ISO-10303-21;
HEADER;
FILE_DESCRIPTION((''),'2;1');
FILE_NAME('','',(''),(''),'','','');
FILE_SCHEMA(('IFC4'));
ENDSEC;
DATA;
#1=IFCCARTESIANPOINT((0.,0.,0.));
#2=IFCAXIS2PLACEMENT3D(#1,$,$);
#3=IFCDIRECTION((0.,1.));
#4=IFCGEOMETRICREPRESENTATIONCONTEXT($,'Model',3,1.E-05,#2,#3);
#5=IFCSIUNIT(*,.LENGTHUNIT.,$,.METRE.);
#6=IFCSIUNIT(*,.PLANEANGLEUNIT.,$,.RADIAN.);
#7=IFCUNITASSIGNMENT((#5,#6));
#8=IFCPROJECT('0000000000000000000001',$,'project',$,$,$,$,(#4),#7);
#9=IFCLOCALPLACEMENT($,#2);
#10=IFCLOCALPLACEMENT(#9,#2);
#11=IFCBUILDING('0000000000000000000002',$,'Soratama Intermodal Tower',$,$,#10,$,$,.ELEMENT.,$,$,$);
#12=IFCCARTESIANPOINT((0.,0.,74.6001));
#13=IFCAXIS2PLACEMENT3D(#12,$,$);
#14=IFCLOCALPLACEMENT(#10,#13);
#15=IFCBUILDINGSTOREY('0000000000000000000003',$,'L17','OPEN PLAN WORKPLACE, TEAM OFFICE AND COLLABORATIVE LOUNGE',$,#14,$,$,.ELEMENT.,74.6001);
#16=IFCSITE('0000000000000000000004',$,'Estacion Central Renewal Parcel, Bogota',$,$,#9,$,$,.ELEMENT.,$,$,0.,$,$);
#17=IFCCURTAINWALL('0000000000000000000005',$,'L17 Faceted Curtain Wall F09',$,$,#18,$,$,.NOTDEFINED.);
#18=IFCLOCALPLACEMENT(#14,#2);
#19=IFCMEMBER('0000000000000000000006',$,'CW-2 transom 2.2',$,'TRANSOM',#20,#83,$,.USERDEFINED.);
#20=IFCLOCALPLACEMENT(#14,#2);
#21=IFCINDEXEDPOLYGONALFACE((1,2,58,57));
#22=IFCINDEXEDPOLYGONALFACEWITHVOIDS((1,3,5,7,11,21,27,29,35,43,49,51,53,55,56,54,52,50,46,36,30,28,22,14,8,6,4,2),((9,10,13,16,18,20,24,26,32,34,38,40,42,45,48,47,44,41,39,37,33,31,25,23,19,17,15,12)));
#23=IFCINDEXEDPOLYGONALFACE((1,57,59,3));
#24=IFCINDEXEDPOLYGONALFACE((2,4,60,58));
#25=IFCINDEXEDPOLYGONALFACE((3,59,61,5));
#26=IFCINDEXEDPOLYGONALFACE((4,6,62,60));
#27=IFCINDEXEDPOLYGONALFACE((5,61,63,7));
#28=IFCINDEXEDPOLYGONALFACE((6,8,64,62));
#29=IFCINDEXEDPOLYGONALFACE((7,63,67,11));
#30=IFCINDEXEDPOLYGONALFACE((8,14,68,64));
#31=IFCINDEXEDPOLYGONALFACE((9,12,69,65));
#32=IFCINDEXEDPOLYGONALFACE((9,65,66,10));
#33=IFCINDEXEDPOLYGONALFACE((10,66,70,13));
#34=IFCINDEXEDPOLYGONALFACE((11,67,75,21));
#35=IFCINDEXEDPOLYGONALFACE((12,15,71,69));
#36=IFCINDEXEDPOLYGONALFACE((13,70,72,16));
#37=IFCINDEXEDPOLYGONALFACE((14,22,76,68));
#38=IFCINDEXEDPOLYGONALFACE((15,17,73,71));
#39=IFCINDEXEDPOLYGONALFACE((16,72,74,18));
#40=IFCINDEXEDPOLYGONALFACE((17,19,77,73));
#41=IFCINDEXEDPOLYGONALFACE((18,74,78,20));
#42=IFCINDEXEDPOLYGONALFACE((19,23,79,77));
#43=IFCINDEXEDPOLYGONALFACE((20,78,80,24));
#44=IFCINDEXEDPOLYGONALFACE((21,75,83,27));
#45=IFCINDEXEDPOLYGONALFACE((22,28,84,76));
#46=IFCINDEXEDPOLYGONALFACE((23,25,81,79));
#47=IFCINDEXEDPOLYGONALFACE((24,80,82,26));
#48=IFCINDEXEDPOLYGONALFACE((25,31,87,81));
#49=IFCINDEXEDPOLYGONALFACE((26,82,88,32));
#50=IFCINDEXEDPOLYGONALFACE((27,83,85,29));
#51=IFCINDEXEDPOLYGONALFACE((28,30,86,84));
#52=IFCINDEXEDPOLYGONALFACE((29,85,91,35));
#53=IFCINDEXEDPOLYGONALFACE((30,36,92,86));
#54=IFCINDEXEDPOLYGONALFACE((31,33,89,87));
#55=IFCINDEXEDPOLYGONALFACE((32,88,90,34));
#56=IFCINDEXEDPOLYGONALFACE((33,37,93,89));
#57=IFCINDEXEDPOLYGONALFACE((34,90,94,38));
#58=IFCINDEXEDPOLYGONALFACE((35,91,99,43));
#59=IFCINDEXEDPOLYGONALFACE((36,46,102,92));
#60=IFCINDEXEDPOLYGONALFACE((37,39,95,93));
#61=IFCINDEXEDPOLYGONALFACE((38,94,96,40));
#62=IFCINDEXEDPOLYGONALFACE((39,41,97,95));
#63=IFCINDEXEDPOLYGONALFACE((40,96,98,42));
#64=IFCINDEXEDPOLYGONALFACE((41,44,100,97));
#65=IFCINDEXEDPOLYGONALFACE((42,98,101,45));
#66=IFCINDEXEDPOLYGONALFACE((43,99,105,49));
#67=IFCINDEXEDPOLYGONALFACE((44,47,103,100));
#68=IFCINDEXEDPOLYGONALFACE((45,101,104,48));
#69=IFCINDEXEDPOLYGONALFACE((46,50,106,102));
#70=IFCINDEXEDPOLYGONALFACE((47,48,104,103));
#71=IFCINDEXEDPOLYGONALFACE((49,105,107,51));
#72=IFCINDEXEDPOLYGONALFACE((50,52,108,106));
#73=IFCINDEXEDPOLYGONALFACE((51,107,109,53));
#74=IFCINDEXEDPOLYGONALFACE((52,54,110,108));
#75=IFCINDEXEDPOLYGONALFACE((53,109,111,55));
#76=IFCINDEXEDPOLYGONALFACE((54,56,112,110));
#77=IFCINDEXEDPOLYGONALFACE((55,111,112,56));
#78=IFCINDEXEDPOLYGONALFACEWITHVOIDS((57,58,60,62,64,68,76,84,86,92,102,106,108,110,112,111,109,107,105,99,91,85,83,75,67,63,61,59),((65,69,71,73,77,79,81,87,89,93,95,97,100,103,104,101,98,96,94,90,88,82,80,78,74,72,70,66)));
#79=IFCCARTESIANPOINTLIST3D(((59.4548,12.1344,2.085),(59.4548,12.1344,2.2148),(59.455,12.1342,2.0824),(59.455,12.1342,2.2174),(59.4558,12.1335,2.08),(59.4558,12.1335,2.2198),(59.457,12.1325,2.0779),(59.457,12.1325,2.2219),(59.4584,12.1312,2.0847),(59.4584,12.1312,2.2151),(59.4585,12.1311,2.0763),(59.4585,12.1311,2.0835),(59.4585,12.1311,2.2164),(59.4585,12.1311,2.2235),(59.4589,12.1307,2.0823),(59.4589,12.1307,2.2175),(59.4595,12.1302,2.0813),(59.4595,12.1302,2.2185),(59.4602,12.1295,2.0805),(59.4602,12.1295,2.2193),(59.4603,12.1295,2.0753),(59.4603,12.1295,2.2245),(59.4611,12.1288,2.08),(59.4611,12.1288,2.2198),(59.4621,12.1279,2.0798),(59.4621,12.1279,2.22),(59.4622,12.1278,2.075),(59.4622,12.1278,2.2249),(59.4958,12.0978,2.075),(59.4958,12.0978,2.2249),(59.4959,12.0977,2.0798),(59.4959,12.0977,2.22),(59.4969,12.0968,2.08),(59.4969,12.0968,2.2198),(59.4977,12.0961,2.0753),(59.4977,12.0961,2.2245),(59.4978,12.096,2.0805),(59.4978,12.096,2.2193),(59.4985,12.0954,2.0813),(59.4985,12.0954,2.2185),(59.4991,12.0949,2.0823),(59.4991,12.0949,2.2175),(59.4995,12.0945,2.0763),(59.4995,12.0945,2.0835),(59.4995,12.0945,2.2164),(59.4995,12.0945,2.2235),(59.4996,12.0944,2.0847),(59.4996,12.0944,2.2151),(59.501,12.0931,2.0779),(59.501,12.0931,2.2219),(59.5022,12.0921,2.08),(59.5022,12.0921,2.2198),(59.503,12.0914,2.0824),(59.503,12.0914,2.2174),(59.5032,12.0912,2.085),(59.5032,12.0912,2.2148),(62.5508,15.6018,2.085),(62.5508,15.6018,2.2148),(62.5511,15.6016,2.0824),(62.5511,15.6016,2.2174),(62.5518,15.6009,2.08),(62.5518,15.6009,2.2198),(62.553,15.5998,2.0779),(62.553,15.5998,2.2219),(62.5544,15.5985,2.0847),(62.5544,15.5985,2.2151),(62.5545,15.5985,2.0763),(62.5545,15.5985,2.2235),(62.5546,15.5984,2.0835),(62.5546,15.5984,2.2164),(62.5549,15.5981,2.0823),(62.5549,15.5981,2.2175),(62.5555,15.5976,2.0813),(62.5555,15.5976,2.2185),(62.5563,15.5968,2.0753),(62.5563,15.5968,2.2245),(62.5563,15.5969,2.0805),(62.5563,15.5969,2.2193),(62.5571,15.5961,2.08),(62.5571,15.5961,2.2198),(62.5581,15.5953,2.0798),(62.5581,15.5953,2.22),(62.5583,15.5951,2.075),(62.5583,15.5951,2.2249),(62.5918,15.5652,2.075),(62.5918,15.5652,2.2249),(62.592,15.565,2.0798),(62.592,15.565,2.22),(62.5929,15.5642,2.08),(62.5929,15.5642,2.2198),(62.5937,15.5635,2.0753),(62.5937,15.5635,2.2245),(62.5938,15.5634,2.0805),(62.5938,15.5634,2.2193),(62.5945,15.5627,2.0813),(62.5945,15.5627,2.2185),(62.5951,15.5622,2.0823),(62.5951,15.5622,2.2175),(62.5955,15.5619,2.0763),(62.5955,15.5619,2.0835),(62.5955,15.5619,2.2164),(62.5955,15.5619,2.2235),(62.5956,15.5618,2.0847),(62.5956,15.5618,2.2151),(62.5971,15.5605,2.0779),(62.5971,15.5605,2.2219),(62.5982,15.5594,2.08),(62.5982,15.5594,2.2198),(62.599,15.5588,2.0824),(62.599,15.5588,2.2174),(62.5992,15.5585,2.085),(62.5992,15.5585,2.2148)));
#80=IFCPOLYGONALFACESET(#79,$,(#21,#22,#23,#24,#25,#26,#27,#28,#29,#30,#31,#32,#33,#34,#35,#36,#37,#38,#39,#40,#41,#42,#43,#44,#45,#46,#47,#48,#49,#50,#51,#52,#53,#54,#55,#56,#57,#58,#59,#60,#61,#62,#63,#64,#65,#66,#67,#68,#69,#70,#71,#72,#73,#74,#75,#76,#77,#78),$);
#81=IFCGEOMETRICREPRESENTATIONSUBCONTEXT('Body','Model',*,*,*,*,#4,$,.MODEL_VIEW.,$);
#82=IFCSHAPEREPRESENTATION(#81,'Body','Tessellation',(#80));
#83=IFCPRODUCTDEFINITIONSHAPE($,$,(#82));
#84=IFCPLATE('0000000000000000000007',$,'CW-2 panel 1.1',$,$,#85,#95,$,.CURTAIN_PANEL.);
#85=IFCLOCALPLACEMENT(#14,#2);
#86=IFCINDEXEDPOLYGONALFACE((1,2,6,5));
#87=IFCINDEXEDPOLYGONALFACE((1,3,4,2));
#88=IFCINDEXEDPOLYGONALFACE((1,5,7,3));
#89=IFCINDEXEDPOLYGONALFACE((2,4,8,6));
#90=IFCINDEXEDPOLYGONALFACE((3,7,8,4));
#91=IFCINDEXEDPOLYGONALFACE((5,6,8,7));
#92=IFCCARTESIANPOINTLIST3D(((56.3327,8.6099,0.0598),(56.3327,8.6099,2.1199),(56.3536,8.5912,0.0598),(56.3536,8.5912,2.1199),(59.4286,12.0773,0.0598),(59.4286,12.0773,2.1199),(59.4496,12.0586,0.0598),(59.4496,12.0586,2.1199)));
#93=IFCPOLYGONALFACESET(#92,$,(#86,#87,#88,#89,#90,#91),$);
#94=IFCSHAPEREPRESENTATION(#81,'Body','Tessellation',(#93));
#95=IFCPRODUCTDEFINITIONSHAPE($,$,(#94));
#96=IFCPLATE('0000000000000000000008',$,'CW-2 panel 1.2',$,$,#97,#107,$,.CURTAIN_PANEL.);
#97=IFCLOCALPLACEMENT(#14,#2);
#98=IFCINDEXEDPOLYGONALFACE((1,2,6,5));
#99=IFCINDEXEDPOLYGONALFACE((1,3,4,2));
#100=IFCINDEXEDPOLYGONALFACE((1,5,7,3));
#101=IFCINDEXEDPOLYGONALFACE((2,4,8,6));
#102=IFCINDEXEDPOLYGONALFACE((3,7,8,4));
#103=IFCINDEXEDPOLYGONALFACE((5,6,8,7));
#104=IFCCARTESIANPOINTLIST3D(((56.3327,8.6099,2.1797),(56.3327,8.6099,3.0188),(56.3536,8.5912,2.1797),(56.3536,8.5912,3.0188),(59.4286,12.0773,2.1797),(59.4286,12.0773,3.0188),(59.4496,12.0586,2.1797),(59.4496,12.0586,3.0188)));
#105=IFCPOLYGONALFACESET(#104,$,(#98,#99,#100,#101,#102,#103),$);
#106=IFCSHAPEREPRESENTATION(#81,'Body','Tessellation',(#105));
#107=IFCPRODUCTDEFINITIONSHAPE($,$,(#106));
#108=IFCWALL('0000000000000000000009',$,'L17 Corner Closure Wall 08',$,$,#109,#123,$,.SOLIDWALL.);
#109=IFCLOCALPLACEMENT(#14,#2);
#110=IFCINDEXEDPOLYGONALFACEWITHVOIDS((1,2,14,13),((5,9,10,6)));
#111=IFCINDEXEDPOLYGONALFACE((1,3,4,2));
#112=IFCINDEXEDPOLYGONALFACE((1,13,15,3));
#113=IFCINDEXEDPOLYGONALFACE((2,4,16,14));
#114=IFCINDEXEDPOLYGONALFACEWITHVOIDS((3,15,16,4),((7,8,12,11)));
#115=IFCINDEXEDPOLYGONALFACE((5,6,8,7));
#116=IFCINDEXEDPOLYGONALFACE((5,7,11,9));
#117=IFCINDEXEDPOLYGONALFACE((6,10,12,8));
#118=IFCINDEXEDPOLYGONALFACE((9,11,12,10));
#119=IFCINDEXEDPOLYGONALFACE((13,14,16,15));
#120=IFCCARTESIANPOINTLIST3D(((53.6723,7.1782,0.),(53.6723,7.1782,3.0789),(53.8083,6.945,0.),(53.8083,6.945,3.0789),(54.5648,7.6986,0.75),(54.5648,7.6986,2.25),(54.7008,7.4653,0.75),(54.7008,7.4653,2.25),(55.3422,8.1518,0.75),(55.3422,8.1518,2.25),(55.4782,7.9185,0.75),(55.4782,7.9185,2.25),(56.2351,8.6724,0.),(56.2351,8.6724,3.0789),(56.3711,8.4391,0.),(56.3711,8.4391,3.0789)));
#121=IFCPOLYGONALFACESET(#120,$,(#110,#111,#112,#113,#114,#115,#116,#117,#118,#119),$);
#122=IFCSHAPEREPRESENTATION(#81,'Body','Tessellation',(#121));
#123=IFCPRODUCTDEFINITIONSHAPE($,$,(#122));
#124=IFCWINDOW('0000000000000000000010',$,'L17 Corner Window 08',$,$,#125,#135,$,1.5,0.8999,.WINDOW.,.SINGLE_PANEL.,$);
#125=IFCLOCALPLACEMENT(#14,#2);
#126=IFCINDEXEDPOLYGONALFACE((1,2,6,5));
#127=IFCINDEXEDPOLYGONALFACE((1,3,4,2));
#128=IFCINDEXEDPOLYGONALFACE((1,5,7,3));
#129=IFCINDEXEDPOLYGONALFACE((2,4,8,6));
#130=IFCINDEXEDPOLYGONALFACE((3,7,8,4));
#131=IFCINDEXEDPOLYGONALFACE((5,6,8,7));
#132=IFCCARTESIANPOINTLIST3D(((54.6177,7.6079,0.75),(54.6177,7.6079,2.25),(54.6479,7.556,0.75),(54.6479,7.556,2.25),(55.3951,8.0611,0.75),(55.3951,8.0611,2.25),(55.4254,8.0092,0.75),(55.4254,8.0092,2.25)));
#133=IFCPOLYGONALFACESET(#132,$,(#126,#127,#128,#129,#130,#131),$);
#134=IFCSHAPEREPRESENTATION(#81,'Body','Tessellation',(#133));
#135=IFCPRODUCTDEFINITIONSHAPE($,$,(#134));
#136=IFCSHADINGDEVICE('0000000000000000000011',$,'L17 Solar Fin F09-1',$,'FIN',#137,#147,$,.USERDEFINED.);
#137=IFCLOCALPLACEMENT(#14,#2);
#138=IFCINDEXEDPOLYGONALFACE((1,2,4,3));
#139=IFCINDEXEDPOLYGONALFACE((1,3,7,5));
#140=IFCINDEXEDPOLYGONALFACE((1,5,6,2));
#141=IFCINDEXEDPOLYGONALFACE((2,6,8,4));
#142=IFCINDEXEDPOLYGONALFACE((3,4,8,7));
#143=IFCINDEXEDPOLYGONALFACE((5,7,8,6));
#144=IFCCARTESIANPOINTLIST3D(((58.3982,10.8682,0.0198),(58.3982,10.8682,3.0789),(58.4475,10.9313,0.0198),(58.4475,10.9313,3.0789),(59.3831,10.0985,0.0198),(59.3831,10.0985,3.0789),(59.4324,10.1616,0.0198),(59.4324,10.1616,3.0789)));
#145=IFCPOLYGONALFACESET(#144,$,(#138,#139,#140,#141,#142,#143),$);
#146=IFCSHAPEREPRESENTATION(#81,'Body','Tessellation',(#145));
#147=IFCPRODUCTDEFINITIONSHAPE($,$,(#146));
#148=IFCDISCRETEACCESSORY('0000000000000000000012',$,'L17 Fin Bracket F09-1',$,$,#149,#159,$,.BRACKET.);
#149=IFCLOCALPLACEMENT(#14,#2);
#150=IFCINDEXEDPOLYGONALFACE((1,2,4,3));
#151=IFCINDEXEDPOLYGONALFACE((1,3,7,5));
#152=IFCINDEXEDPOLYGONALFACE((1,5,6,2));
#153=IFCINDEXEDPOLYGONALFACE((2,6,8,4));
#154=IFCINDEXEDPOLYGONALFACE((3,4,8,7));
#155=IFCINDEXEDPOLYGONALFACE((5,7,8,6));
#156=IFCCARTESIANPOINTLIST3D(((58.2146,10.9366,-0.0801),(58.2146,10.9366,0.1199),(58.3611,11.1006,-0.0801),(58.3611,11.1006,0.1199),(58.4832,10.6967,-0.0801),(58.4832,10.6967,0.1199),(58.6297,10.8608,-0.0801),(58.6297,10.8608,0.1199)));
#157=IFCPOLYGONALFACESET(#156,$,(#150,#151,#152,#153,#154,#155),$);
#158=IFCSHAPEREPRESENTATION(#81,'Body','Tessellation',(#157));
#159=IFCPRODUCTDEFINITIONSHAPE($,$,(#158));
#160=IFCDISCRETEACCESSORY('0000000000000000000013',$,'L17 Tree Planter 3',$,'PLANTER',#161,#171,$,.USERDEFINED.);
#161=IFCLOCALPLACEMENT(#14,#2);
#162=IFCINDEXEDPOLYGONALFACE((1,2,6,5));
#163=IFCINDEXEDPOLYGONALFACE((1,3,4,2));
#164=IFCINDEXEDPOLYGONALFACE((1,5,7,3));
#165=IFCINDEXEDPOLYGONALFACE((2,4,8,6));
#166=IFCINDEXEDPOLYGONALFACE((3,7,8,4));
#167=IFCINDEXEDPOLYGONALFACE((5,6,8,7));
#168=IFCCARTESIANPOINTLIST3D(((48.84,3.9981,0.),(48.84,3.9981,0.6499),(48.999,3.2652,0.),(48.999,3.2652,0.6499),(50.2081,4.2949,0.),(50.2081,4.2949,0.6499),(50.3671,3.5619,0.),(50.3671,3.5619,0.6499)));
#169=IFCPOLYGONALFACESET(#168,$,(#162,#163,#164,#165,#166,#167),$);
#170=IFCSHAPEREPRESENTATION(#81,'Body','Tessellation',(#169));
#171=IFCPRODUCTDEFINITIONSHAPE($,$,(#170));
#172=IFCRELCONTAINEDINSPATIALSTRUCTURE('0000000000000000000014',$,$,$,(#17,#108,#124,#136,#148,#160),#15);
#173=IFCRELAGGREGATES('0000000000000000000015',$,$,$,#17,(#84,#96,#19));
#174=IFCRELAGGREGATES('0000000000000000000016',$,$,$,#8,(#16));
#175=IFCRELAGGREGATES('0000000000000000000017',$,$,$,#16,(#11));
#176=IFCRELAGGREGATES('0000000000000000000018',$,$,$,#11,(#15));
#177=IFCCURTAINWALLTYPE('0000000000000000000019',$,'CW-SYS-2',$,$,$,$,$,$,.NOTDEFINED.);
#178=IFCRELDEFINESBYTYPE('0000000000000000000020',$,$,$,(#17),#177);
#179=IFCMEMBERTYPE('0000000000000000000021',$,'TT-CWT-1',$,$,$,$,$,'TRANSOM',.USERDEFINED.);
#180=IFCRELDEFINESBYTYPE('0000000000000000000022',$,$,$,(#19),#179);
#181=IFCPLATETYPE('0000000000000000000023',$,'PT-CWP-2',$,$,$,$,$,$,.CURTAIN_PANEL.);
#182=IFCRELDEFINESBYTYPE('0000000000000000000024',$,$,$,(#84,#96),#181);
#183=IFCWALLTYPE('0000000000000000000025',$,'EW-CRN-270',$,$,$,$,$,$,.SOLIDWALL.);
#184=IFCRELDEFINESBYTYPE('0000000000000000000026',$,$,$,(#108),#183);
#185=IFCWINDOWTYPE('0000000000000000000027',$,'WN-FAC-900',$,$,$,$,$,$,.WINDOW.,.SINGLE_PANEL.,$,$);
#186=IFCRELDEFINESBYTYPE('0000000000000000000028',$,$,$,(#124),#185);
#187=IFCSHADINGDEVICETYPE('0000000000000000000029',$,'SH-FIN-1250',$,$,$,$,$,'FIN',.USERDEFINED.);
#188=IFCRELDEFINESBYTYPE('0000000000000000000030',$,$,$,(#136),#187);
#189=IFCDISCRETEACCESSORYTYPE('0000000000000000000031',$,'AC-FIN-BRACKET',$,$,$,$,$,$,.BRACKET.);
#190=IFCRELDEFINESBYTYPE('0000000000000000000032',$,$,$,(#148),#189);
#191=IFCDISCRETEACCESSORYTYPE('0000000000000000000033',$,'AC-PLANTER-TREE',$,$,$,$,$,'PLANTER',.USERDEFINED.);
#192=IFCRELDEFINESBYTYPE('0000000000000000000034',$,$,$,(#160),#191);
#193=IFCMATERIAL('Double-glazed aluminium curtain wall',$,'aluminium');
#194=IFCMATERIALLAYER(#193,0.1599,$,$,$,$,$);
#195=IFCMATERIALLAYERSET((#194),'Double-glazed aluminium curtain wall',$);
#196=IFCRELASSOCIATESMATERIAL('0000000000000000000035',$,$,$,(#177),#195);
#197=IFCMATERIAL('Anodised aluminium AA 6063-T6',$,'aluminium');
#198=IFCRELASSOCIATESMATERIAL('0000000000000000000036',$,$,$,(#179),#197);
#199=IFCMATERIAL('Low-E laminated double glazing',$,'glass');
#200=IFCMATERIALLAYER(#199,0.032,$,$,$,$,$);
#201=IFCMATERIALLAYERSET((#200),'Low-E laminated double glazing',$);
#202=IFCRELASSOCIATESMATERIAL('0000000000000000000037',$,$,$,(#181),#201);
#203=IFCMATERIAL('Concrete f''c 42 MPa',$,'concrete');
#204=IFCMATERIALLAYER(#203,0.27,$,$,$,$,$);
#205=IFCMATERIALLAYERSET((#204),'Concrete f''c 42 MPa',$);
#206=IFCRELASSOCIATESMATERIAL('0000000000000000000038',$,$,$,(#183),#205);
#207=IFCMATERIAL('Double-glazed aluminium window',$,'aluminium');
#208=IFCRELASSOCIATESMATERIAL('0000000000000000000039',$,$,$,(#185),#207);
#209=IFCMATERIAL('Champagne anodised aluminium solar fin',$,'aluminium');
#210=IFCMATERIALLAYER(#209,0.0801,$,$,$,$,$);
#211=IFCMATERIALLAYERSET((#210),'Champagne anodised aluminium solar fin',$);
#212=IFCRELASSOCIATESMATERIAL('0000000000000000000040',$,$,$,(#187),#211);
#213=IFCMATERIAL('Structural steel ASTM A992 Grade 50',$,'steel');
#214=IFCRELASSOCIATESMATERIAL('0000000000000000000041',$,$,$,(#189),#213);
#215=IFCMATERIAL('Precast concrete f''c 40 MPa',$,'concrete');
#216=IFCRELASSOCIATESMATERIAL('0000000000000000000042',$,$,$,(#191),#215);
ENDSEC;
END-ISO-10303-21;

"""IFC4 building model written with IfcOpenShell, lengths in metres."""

from ifc_helpers import new_model, si_unit, direction, frame, frame_2d, origin, origin_2d, place, context, subcontext, project, spatial, rectangle, hollow_rectangle, extrude, material, layer, layer_set, material_profile, profile_set, type_object, element, fill, aggregate, save


model = new_model("IFC4")

# Units and contexts
model_context = context("Model", 3, precision=1e-05, world=origin(), true_north=direction((0.0, 1.0)))
body_context = subcontext(model_context, "Body", "Model", "MODEL_VIEW")
ifc_project = project(units=[si_unit("LENGTHUNIT", "METRE"), si_unit("PLANEANGLEUNIT", "RADIAN")], contexts=[model_context])

# Site, building, storey
site_placement = place(None, origin())
site = spatial("IfcSite", under=ifc_project, at=site_placement, Name="Estacion Central Renewal Parcel, Bogota", CompositionType="ELEMENT", RefElevation=0.0)
building_placement = place(site_placement, origin())
building = spatial("IfcBuilding", under=site, at=building_placement, Name="Soratama Intermodal Tower", CompositionType="ELEMENT")
storey_placement = place(building_placement, frame((0.0, 0.0, 74.6001)))
storey = spatial("IfcBuildingStorey", under=building, at=storey_placement, Name="L17", Description="OPEN PLAN WORKPLACE, TEAM OFFICE AND COLLABORATIVE LOUNGE", CompositionType="ELEMENT", Elevation=74.6001)

# Curtain wall, member, plates
ifc_material_1 = material(Name="Double-glazed aluminium curtain wall", Category="aluminium")
ifc_layer_1 = layer(ifc_material_1, 0.1599)
ifc_layer_set_1 = layer_set([ifc_layer_1], Name="Double-glazed aluminium curtain wall")
curtain_wall_type = type_object("IfcCurtainWallType", Name="CW-SYS-2", PredefinedType="NOTDEFINED", material=ifc_layer_set_1)
curtain_wall_placement = place(storey_placement, origin())
curtain_wall = element("IfcCurtainWall", 1, at=curtain_wall_placement, inside=storey, type_object=curtain_wall_type, Name="L17 Faceted Curtain Wall F09", PredefinedType="NOTDEFINED")
ifc_material_2 = material(Name="Anodised aluminium AA 6063-T6", Category="aluminium")
ifc_material_profile_1 = material_profile(ifc_material_2, hollow_rectangle(XDim=0.0649, YDim=0.1499, WallThickness=0.0049, InnerFilletRadius=0.0049, OuterFilletRadius=0.01, at=origin_2d()), Name="CWT150X65X5")
ifc_profile_set_1 = profile_set([ifc_material_profile_1], Name="Anodised aluminium AA 6063-T6")
member_type_1 = type_object("IfcMemberType", Name="TT-CWT-1", ElementType="TRANSOM", PredefinedType="USERDEFINED", material=ifc_profile_set_1)
member_1_placement = place(storey_placement, frame((59.479, 12.1128, 2.1499), z_axis=(0.666035, 0.745921, 0.0), x_axis=(-0.745921, 0.666035, 0.0)))
member_1 = element("IfcMember", 2, at=member_1_placement, type_object=member_type_1, Name="CW-2 transom 2.2", ObjectType="TRANSOM", PredefinedType="USERDEFINED", context=body_context, shape_type="SweptSolid", body=[
    extrude(hollow_rectangle(XDim=0.0649, YDim=0.1499, WallThickness=0.0049, InnerFilletRadius=0.0049, OuterFilletRadius=0.01, at=origin_2d()), origin(), (0.0, 0.0, 1.0), 4.6484),
])
ifc_material_3 = material(Name="Low-E laminated double glazing", Category="glass")
ifc_layer_2 = layer(ifc_material_3, 0.032)
ifc_layer_set_2 = layer_set([ifc_layer_2], Name="Low-E laminated double glazing")
plate_type = type_object("IfcPlateType", Name="PT-CWP-2", PredefinedType="CURTAIN_PANEL", material=ifc_layer_set_2)
plate_1_placement = place(storey_placement, frame((57.8911, 10.3342, 0.0598), z_axis=(0.0, 0.0, 1.0), x_axis=(0.666017, 0.745937, 0.0)))
plate_1 = element("IfcPlate", 3, at=plate_1_placement, type_object=plate_type, Name="CW-2 panel 1.1", PredefinedType="CURTAIN_PANEL", context=body_context, shape_type="SweptSolid", body=[
    extrude(rectangle(XDim=4.6484, YDim=0.0281, at=origin_2d()), origin(), (0.0, 0.0, 1.0), 2.0601),
])
plate_2_placement = place(storey_placement, frame((57.8911, 10.3342, 2.1797), z_axis=(0.0, 0.0, 1.0), x_axis=(0.666017, 0.745937, 0.0)))
plate_2 = element("IfcPlate", 4, at=plate_2_placement, type_object=plate_type, Name="CW-2 panel 1.2", PredefinedType="CURTAIN_PANEL", context=body_context, shape_type="SweptSolid", body=[
    extrude(rectangle(XDim=4.6484, YDim=0.0281, at=origin_2d()), origin(), (0.0, 0.0, 1.0), 0.8391),
])
aggregate(curtain_wall, [plate_1, plate_2, member_1])

# Wall, opening, window
ifc_material_4 = material(Name="Concrete f'c 42 MPa", Category="concrete")
ifc_layer_3 = layer(ifc_material_4, 0.27)
ifc_layer_set_3 = layer_set([ifc_layer_3], Name="Concrete f'c 42 MPa")
wall_type = type_object("IfcWallType", Name="EW-CRN-270", PredefinedType="SOLIDWALL", material=ifc_layer_set_3)
wall_placement = place(storey_placement, frame((53.7402, 7.0615, 0.0), z_axis=(0.0, 0.0, 1.0), x_axis=(0.863895, 0.503671, 0.0)))
wall = element("IfcWall", 5, at=wall_placement, inside=storey, type_object=wall_type, Name="L17 Corner Closure Wall 08", PredefinedType="SOLIDWALL", context=body_context, shape_type="SweptSolid", body=[
    extrude(rectangle(XDim=2.9666, YDim=0.27, at=frame_2d((1.4834, 0.0))), origin(), (0.0, 0.0, 1.0), 3.0789),
])
opening_placement = place(wall_placement, frame((1.0332, 0.0, 0.75)))
opening = element("IfcOpeningElement", 6, at=opening_placement, cuts=wall, PredefinedType="OPENING", context=body_context, shape_type="SweptSolid", body=[
    extrude(rectangle(XDim=0.8999, YDim=1.5, at=frame_2d((0.45, 0.75))), frame((0.0, 0.145, 0.0), z_axis=(0.0, -1.0, 0.0), x_axis=(1.0, 0.0, 0.0)), (0.0, 0.0, 1.0), 0.29),
])
ifc_material_5 = material(Name="Double-glazed aluminium window", Category="aluminium")
window_type = type_object("IfcWindowType", Name="WN-FAC-900", PartitioningType="SINGLE_PANEL", PredefinedType="WINDOW", material=ifc_material_5)
window_placement = place(opening_placement, origin())
window = element("IfcWindow", 7, at=window_placement, inside=storey, type_object=window_type, Name="L17 Corner Window 08", OverallHeight=1.5, OverallWidth=0.8999, PartitioningType="SINGLE_PANEL", PredefinedType="WINDOW", context=body_context, shape_type="SweptSolid", body=[
    extrude(rectangle(XDim=0.8999, YDim=1.5, at=frame_2d((0.45, 0.75))), frame((0.0, 0.03, 0.0), z_axis=(0.0, -1.0, 0.0), x_axis=(1.0, 0.0, 0.0)), (0.0, 0.0, 1.0), 0.0601),
])
fill(opening, window)

# Shading device
ifc_material_6 = material(Name="Champagne anodised aluminium solar fin", Category="aluminium")
ifc_layer_4 = layer(ifc_material_6, 0.0801)
ifc_layer_set_4 = layer_set([ifc_layer_4], Name="Champagne anodised aluminium solar fin")
shading_device_type = type_object("IfcShadingDeviceType", Name="SH-FIN-1250", ElementType="FIN", PredefinedType="USERDEFINED", material=ifc_layer_set_4)
shading_device_placement = place(storey_placement, frame((58.9153, 10.5149, 0.0198), z_axis=(0.0, 0.0, 1.0), x_axis=(0.787903, -0.615799, 0.0)))
element("IfcShadingDevice", 8, at=shading_device_placement, inside=storey, type_object=shading_device_type, Name="L17 Solar Fin F09-1", ObjectType="FIN", PredefinedType="USERDEFINED", context=body_context, shape_type="SweptSolid", body=[
    extrude(rectangle(XDim=1.25, YDim=0.0801, at=origin_2d()), origin(), (0.0, 0.0, 1.0), 3.0591),
])

# Discrete accessories
ifc_material_7 = material(Name="Structural steel ASTM A992 Grade 50", Category="steel")
discrete_accessory_type_1 = type_object("IfcDiscreteAccessoryType", Name="AC-FIN-BRACKET", PredefinedType="BRACKET", material=ifc_material_7)
discrete_accessory_1_placement = place(storey_placement, frame((58.4221, 10.8987, -0.0801), z_axis=(0.0, 0.0, 1.0), x_axis=(0.745941, -0.666012, 0.0)))
element("IfcDiscreteAccessory", 9, at=discrete_accessory_1_placement, inside=storey, type_object=discrete_accessory_type_1, Name="L17 Fin Bracket F09-1", PredefinedType="BRACKET", context=body_context, shape_type="SweptSolid", body=[
    extrude(rectangle(XDim=0.3601, YDim=0.22, at=origin_2d()), origin(), (0.0, 0.0, 1.0), 0.2),
])
ifc_material_8 = material(Name="Precast concrete f'c 40 MPa", Category="concrete")
discrete_accessory_type_2 = type_object("IfcDiscreteAccessoryType", Name="AC-PLANTER-TREE", ElementType="PLANTER", PredefinedType="USERDEFINED", material=ifc_material_8)
discrete_accessory_2_placement = place(storey_placement, frame((49.6035, 3.78, 0.0), z_axis=(0.0, 0.0, 1.0), x_axis=(0.212007, -0.977268, 0.0)))
element("IfcDiscreteAccessory", 10, at=discrete_accessory_2_placement, inside=storey, type_object=discrete_accessory_type_2, Name="L17 Tree Planter 3", ObjectType="PLANTER", PredefinedType="USERDEFINED", context=body_context, shape_type="SweptSolid", body=[
    extrude(rectangle(XDim=0.75, YDim=1.3999, at=origin_2d()), origin(), (0.0, 0.0, 1.0), 0.6499),
])

save(model, "model.ifc")
